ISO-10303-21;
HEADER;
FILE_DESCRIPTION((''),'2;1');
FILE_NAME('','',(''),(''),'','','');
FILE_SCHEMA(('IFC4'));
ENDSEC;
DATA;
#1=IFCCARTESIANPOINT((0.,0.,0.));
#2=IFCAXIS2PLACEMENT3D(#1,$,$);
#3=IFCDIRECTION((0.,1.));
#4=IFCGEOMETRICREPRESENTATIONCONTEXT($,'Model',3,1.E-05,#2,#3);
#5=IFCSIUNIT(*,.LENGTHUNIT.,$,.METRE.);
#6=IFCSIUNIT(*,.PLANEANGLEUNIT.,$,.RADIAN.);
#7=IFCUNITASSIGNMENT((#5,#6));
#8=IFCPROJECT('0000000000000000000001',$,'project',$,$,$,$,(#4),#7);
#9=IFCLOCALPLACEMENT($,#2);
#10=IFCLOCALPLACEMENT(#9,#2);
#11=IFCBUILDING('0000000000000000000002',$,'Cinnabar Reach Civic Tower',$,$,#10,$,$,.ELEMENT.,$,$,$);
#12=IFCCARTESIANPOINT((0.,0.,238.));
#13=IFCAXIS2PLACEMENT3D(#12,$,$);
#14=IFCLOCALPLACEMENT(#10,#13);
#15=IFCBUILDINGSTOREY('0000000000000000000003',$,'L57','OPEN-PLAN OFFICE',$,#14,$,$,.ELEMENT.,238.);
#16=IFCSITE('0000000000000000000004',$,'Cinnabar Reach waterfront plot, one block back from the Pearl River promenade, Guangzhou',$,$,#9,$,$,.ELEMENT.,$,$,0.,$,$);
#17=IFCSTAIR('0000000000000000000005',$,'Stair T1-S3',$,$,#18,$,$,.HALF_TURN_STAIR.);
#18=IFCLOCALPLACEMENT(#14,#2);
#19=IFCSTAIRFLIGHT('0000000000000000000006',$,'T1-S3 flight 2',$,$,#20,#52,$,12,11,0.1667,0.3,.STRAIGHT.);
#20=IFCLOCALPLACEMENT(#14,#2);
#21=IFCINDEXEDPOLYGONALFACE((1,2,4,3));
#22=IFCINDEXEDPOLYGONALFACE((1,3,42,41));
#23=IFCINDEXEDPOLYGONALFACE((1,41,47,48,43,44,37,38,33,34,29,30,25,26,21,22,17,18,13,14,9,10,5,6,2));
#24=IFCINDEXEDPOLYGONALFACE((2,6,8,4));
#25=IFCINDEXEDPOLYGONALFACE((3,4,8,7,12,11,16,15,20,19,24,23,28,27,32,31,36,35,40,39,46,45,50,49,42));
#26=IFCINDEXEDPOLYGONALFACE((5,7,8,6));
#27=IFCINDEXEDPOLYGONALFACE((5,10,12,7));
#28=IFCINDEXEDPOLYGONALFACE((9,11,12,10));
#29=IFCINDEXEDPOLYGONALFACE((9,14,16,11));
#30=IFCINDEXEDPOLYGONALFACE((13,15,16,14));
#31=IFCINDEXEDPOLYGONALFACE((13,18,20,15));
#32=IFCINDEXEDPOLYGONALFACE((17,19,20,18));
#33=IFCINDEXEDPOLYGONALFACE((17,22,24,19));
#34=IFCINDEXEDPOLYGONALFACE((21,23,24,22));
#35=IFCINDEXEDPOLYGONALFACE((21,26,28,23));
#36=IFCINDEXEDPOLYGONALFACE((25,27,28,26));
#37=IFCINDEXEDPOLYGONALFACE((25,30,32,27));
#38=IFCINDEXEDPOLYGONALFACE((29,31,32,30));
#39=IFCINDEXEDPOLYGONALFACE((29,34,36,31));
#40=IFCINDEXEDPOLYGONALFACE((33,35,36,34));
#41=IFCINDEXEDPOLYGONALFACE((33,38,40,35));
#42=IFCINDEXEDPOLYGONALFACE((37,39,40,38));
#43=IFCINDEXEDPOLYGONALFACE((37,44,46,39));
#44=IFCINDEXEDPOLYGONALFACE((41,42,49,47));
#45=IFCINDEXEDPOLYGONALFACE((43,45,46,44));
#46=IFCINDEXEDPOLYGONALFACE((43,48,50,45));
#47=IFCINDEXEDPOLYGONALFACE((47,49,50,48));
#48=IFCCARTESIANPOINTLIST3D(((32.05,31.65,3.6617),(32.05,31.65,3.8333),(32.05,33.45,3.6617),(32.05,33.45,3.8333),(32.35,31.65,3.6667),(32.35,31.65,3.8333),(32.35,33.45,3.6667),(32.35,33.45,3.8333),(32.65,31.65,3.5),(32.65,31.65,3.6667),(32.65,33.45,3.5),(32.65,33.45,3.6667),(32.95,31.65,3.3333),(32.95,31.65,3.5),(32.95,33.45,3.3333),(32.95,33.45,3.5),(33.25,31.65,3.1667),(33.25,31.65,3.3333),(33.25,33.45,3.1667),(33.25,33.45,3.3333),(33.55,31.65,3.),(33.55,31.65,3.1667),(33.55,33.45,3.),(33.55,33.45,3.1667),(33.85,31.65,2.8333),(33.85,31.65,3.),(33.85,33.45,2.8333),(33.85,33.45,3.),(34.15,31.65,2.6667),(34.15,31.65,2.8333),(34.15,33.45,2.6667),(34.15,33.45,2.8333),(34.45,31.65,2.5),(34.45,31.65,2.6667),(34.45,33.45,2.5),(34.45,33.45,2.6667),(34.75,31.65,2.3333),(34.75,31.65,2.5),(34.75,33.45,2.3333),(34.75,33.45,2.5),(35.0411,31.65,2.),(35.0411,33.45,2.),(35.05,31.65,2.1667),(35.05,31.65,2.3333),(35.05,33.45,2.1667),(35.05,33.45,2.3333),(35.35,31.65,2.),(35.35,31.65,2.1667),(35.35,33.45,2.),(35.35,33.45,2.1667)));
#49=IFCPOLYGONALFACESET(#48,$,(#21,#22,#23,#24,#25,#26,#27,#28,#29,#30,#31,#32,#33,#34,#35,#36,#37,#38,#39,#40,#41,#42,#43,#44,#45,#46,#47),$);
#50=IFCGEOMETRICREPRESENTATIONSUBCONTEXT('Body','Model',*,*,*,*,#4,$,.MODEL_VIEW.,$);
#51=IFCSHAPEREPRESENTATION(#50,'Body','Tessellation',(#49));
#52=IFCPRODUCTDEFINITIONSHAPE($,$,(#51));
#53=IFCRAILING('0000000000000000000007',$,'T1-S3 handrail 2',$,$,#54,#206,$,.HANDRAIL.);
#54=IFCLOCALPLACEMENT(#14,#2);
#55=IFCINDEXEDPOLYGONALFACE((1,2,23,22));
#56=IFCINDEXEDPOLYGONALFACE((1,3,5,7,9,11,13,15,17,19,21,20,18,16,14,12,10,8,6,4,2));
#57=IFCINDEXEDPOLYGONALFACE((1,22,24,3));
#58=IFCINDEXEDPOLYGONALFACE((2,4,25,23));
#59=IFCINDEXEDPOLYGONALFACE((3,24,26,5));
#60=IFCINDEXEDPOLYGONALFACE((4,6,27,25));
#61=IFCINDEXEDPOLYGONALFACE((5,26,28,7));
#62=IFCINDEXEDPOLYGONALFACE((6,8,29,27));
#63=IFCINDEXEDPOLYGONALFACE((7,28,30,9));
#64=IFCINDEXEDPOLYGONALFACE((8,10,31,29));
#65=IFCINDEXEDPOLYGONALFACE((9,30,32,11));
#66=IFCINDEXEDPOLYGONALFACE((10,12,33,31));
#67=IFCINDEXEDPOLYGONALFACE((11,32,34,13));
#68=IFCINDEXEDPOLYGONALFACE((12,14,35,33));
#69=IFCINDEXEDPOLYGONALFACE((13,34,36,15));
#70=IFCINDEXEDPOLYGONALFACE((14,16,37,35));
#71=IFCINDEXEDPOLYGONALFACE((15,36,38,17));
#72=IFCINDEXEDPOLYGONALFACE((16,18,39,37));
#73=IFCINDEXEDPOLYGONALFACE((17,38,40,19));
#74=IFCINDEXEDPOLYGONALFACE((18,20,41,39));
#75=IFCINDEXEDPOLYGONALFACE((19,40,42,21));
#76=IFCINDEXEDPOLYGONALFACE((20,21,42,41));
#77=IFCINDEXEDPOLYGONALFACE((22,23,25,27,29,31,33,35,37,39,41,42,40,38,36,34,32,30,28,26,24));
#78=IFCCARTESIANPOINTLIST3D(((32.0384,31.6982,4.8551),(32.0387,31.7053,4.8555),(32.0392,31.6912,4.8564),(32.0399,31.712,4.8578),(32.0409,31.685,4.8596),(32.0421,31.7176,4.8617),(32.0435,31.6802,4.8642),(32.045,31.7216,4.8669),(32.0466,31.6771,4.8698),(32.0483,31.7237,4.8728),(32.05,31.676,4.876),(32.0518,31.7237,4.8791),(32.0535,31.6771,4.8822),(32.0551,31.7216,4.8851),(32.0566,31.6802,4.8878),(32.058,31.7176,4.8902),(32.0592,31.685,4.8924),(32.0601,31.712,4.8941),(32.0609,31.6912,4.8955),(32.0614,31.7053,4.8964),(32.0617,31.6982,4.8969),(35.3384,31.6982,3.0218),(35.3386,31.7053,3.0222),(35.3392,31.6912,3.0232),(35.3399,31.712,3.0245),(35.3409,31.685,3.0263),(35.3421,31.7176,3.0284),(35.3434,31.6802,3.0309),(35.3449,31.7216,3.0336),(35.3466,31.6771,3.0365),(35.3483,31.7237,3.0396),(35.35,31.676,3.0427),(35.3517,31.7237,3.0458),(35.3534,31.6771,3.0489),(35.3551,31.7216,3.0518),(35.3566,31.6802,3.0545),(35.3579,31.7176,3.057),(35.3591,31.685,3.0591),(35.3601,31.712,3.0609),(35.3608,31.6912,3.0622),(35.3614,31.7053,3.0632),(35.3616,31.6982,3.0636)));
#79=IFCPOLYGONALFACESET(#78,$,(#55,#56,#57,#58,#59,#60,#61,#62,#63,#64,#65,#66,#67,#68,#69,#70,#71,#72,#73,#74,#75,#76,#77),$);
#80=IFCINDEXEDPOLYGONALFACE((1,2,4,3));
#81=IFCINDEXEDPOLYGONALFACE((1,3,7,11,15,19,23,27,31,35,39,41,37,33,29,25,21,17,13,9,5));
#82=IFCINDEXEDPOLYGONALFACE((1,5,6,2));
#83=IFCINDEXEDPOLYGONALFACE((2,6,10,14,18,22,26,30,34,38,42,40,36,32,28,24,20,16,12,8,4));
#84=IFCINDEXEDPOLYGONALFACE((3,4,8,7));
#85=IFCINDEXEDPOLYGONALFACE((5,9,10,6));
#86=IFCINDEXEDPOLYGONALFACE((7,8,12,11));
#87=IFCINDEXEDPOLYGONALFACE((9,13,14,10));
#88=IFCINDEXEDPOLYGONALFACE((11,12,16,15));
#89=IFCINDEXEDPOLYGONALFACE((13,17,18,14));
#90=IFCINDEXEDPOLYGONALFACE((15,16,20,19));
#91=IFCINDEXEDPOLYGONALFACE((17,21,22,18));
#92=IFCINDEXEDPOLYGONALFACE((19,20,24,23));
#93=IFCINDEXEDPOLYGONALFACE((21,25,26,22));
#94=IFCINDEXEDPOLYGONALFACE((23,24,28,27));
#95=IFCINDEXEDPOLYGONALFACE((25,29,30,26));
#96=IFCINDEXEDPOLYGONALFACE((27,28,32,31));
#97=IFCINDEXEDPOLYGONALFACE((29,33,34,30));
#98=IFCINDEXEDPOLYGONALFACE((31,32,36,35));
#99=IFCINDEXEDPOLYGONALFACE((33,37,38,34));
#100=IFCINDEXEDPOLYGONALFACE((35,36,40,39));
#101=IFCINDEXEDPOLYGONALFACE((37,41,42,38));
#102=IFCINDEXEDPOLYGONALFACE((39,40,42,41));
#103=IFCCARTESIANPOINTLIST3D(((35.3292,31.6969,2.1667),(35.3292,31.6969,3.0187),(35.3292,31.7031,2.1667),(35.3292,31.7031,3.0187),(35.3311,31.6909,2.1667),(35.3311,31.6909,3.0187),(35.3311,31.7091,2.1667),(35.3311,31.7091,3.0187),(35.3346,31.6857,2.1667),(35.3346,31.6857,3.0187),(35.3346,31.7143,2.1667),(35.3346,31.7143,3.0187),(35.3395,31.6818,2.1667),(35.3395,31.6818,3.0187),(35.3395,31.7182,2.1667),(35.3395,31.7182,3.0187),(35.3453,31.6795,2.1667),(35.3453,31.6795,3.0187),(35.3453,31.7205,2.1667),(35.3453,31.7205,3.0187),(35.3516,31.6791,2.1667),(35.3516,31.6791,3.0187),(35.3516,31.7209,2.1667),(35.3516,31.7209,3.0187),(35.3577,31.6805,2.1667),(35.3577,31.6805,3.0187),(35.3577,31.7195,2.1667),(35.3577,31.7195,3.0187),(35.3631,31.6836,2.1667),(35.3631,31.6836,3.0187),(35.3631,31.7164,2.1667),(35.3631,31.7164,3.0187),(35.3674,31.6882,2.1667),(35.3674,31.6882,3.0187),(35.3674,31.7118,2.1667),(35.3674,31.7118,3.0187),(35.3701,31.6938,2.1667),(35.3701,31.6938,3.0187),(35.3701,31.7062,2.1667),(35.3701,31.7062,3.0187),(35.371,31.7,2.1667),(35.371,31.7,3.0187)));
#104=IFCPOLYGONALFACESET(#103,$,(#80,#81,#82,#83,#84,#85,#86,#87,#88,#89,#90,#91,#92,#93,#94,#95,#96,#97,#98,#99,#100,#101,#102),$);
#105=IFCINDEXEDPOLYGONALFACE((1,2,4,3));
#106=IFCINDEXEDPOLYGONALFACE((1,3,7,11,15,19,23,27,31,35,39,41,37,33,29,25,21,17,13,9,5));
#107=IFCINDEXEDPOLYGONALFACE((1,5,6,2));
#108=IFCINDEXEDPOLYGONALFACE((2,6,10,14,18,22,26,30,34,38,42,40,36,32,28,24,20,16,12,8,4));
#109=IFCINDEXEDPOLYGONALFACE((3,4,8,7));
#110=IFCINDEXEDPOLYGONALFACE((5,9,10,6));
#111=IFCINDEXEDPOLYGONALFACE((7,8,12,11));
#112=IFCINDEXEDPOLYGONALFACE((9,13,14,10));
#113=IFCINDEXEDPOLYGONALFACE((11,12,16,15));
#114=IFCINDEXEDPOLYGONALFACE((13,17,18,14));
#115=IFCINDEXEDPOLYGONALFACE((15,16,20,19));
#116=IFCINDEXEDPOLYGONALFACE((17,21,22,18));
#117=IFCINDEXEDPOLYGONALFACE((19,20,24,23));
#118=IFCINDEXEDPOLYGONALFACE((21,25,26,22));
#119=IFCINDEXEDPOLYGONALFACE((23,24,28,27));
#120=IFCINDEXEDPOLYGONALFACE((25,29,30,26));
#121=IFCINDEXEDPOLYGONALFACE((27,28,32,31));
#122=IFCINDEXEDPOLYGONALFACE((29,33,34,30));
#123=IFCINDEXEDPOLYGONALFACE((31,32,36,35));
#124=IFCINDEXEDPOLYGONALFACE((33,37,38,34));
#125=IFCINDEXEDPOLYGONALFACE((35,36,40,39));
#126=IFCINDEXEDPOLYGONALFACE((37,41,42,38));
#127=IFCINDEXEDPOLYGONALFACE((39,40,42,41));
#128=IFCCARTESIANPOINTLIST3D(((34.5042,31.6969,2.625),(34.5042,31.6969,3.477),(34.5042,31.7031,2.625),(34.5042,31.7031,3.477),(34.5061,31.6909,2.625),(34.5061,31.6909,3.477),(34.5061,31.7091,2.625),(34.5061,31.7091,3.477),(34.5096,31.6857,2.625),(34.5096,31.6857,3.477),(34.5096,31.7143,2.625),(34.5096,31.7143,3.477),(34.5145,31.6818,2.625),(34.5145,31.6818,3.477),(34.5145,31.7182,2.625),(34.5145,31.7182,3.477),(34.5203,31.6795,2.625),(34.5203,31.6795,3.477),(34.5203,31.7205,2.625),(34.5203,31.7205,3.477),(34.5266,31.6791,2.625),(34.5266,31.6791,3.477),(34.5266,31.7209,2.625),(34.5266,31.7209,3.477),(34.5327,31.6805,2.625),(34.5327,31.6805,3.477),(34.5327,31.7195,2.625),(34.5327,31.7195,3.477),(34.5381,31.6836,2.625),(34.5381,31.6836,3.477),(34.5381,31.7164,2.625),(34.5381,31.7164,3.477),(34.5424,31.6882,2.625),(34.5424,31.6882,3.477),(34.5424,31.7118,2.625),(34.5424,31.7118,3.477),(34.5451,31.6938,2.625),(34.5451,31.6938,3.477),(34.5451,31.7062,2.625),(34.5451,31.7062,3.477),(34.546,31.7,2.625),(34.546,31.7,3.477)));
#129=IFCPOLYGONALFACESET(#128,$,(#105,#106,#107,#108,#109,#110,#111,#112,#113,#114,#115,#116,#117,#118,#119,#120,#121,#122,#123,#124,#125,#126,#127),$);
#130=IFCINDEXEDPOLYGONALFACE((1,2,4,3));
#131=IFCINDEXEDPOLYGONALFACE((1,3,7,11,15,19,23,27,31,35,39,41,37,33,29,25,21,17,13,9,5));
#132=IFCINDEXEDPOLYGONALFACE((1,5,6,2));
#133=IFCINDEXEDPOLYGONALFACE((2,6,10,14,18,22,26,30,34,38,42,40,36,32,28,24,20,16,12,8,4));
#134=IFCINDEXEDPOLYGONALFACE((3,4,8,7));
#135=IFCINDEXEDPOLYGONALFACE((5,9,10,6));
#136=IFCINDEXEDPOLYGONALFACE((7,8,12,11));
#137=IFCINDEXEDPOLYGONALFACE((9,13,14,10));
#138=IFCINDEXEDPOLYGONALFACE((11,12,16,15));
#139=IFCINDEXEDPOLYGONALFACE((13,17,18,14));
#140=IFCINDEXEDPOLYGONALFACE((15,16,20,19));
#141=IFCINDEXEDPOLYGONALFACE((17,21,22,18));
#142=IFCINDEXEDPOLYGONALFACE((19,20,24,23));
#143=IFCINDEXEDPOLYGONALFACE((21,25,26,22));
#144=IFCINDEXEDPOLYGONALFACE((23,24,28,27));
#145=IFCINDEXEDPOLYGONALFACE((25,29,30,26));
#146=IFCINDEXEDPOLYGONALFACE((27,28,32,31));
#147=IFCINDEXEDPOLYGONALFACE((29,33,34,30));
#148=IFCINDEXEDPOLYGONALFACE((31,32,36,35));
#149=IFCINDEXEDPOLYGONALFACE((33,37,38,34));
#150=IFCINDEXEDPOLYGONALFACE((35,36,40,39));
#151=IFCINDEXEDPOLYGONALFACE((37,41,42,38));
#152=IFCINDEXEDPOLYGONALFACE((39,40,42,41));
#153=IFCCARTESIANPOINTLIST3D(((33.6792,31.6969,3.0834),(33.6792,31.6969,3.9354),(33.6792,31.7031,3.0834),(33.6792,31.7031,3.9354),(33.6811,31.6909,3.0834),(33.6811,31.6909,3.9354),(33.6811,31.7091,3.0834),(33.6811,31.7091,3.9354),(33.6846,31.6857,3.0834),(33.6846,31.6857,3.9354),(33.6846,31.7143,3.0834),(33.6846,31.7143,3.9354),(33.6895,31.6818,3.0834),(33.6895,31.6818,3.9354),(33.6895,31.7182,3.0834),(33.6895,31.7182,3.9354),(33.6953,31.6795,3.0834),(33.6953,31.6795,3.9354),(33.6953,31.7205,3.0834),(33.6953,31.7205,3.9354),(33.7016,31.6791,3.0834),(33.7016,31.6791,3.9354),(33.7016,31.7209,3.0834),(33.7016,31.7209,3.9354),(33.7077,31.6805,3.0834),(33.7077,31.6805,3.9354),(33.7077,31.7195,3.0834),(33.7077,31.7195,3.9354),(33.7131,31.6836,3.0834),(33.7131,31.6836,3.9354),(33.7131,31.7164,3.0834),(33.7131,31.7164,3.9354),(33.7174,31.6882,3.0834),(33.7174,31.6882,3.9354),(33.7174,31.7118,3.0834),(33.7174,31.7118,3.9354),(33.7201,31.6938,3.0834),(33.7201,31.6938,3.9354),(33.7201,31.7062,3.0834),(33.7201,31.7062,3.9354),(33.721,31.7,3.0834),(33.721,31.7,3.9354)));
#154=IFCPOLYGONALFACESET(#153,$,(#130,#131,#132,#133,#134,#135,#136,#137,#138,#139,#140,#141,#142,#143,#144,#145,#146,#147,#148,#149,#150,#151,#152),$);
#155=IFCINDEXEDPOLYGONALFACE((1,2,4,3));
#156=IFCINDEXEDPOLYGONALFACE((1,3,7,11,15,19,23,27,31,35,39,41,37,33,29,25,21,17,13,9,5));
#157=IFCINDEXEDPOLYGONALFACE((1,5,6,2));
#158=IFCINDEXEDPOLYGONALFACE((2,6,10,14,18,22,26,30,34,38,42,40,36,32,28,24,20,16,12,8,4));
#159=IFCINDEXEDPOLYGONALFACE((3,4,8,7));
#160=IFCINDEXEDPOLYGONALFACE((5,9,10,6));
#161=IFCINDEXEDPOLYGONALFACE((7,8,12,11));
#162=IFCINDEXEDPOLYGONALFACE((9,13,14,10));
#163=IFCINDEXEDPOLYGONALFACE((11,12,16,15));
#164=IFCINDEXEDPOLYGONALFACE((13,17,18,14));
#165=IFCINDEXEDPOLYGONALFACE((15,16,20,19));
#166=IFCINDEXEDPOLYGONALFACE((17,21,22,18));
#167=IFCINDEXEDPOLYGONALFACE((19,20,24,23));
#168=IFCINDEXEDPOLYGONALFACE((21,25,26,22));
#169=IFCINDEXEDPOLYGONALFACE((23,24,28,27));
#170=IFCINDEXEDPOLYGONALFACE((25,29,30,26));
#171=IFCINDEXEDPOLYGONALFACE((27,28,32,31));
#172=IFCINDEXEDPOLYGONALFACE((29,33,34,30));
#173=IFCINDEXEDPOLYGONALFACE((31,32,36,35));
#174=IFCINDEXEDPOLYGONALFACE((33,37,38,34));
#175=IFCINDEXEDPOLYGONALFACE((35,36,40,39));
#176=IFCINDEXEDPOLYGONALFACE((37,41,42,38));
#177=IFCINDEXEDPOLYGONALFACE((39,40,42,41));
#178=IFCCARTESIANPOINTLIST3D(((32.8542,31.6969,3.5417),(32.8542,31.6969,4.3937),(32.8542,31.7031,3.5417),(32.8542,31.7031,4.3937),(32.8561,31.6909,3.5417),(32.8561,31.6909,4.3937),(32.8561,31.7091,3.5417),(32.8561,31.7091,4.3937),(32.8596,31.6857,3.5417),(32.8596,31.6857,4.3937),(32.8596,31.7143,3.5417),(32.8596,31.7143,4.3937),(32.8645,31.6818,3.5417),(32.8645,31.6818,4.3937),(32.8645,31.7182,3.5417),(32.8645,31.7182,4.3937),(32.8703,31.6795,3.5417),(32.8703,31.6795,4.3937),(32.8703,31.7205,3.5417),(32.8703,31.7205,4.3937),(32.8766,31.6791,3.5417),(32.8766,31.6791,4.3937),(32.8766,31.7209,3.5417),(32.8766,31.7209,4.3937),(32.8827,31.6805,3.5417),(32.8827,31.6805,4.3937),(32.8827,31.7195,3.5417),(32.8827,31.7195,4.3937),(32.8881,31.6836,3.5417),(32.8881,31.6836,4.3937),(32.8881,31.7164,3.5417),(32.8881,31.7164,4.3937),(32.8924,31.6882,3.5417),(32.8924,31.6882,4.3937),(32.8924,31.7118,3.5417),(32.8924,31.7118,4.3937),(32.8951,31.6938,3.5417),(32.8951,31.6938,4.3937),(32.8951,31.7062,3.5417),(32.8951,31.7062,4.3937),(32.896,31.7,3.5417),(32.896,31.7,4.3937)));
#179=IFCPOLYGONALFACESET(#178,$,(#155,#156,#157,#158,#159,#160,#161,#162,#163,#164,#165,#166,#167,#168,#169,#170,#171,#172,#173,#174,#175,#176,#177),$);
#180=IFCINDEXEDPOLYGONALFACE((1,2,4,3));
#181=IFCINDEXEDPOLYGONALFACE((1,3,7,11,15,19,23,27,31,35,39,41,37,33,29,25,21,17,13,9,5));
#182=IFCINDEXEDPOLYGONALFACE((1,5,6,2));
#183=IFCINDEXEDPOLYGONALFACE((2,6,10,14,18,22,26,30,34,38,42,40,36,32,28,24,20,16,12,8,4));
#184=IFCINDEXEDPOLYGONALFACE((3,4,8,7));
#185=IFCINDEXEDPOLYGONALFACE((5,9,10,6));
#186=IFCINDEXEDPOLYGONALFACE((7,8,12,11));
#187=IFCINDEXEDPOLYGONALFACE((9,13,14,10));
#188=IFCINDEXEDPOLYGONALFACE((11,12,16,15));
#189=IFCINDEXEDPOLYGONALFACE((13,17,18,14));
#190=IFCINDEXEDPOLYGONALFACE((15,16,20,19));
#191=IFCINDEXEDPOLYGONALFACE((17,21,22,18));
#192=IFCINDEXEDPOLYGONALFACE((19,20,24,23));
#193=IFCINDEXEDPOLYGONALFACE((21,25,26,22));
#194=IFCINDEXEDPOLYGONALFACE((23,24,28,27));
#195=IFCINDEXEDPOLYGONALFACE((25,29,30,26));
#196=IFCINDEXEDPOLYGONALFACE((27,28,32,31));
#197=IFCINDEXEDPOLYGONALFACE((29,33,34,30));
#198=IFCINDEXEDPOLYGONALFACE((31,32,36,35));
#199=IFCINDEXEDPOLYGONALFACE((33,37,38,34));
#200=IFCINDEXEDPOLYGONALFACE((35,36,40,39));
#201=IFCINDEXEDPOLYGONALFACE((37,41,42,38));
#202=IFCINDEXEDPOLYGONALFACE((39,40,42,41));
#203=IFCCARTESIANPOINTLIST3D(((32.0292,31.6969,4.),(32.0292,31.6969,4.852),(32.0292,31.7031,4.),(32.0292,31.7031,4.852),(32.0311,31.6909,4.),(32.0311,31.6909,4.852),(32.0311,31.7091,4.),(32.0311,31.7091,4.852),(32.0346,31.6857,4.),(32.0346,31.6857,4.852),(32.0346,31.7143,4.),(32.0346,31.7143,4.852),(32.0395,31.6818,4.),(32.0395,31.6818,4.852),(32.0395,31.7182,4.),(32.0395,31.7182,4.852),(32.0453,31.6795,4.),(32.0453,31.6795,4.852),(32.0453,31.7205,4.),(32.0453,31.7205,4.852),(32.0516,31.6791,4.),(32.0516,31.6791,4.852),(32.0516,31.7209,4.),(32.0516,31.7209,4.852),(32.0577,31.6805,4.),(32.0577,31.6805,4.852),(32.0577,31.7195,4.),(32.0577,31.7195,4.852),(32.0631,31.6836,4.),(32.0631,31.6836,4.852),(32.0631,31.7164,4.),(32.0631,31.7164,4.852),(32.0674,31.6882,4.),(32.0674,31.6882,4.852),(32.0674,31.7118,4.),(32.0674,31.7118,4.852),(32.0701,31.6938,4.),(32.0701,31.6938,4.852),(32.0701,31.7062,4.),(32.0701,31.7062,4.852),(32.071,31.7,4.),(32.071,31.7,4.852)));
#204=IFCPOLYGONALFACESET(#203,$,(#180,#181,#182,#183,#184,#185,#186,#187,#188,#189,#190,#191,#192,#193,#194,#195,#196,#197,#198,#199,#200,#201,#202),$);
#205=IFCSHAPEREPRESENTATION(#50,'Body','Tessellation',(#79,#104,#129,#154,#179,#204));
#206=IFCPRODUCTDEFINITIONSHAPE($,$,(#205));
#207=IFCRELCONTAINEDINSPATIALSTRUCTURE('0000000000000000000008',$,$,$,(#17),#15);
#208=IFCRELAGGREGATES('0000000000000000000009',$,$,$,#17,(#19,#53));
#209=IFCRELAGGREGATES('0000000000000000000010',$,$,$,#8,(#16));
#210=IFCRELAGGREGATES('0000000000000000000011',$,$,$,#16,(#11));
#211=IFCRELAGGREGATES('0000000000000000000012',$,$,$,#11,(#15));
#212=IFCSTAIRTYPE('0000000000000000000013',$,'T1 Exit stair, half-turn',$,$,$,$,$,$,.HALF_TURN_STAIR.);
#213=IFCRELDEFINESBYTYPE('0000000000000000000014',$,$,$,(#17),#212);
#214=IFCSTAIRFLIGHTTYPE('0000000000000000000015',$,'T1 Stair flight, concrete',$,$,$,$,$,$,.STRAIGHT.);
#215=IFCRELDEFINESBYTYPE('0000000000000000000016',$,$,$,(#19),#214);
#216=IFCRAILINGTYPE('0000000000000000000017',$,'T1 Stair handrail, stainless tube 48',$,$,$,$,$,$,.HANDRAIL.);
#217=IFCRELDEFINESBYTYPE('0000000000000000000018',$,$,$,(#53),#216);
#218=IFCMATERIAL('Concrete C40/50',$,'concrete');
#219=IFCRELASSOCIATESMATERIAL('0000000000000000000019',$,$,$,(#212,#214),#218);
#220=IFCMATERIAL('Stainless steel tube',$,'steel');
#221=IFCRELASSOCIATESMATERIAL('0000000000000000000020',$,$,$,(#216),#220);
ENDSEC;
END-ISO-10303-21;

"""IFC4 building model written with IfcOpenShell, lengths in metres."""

from ifc_helpers import new_model, si_unit, direction, frame, origin, origin_2d, place, context, subcontext, project, spatial, polyline, circle, outline, extrude, material, type_object, element, aggregate, save


model = new_model("IFC4")

# Units and contexts
model_context = context("Model", 3, precision=1e-05, world=origin(), true_north=direction((0.0, 1.0)))
body_context = subcontext(model_context, "Body", "Model", "MODEL_VIEW")
ifc_project = project(units=[si_unit("LENGTHUNIT", "METRE"), si_unit("PLANEANGLEUNIT", "RADIAN")], contexts=[model_context])

# Site, building, storey
site_placement = place(None, origin())
site = spatial("IfcSite", under=ifc_project, at=site_placement, Name="Cinnabar Reach waterfront plot, one block back from the Pearl River promenade, Guangzhou", CompositionType="ELEMENT", RefElevation=0.0)
building_placement = place(site_placement, origin())
building = spatial("IfcBuilding", under=site, at=building_placement, Name="Cinnabar Reach Civic Tower", CompositionType="ELEMENT")
storey_placement = place(building_placement, frame((0.0, 0.0, 238.0)))
storey = spatial("IfcBuildingStorey", under=building, at=storey_placement, Name="L57", Description="OPEN-PLAN OFFICE", CompositionType="ELEMENT", Elevation=238.0)

# Stair, stair flight, railing
ifc_material_1 = material(Name="Concrete C40/50", Category="concrete")
stair_type = type_object("IfcStairType", Name="T1 Exit stair, half-turn", PredefinedType="HALF_TURN_STAIR", material=ifc_material_1)
stair_placement = place(storey_placement, origin())
stair = element("IfcStair", 1, at=stair_placement, inside=storey, type_object=stair_type, Name="Stair T1-S3", PredefinedType="HALF_TURN_STAIR")
stair_flight_type = type_object("IfcStairFlightType", Name="T1 Stair flight, concrete", PredefinedType="STRAIGHT", material=ifc_material_1)
stair_flight_placement = place(storey_placement, frame((35.35, 32.55, 2.0), z_axis=(0.0, 0.0, 1.0), x_axis=(-1.0, 0.0, 0.0)))
stair_flight = element("IfcStairFlight", 2, at=stair_flight_placement, type_object=stair_flight_type, Name="T1-S3 flight 2", NumberOfRisers=12, NumberOfTreads=11, PredefinedType="STRAIGHT", RiserHeight=0.1667, TreadLength=0.3, context=body_context, shape_type="SweptSolid", body=[
    extrude(outline(polyline([(0.0, 0.0), (0.0, 0.1667), (0.3, 0.1667), (0.3, 0.3333), (0.6, 0.3333), (0.6, 0.5), (0.9, 0.5), (0.9, 0.6667), (1.2, 0.6667), (1.2, 0.8333), (1.5, 0.8333), (1.5, 1.0), (1.8, 1.0), (1.8, 1.1667), (2.1, 1.1667), (2.1, 1.3333), (2.4, 1.3333), (2.4, 1.5), (2.7, 1.5), (2.7, 1.6667), (3.0, 1.6667), (3.0, 1.8333), (3.3, 1.8333), (3.3, 2.0), (3.3, 1.6617), (0.3089, 0.0), (0.0, 0.0)])), frame((0.0, 0.9, 0.0), z_axis=(0.0, -1.0, 0.0), x_axis=(1.0, 0.0, 0.0)), (0.0, 0.0, 1.0), 1.8),
])
ifc_material_2 = material(Name="Stainless steel tube", Category="steel")
railing_type = type_object("IfcRailingType", Name="T1 Stair handrail, stainless tube 48", PredefinedType="HANDRAIL", material=ifc_material_2)
railing_placement = place(storey_placement, frame((35.35, 31.7, 2.1667)))
railing = element("IfcRailing", 3, at=railing_placement, type_object=railing_type, Name="T1-S3 handrail 2", PredefinedType="HANDRAIL", context=body_context, shape_type="SweptSolid", body=[
    extrude(circle(Radius=0.024, at=origin_2d()), frame((0.0, 0.0, 0.876), z_axis=(-0.874161, 0.0, 0.485636), x_axis=(0.0, -1.0, 0.0)), (0.0, 0.0, 1.0), 3.775),
    extrude(circle(Radius=0.021, at=origin_2d()), origin(), (0.0, 0.0, 1.0), 0.852),
    extrude(circle(Radius=0.021, at=origin_2d()), frame((-0.825, 0.0, 0.4583)), (0.0, 0.0, 1.0), 0.852),
    extrude(circle(Radius=0.021, at=origin_2d()), frame((-1.65, 0.0, 0.9167)), (0.0, 0.0, 1.0), 0.852),
    extrude(circle(Radius=0.021, at=origin_2d()), frame((-2.475, 0.0, 1.375)), (0.0, 0.0, 1.0), 0.852),
    extrude(circle(Radius=0.021, at=origin_2d()), frame((-3.3, 0.0, 1.8333)), (0.0, 0.0, 1.0), 0.852),
])
aggregate(stair, [stair_flight, railing])

save(model, "model.ifc")
